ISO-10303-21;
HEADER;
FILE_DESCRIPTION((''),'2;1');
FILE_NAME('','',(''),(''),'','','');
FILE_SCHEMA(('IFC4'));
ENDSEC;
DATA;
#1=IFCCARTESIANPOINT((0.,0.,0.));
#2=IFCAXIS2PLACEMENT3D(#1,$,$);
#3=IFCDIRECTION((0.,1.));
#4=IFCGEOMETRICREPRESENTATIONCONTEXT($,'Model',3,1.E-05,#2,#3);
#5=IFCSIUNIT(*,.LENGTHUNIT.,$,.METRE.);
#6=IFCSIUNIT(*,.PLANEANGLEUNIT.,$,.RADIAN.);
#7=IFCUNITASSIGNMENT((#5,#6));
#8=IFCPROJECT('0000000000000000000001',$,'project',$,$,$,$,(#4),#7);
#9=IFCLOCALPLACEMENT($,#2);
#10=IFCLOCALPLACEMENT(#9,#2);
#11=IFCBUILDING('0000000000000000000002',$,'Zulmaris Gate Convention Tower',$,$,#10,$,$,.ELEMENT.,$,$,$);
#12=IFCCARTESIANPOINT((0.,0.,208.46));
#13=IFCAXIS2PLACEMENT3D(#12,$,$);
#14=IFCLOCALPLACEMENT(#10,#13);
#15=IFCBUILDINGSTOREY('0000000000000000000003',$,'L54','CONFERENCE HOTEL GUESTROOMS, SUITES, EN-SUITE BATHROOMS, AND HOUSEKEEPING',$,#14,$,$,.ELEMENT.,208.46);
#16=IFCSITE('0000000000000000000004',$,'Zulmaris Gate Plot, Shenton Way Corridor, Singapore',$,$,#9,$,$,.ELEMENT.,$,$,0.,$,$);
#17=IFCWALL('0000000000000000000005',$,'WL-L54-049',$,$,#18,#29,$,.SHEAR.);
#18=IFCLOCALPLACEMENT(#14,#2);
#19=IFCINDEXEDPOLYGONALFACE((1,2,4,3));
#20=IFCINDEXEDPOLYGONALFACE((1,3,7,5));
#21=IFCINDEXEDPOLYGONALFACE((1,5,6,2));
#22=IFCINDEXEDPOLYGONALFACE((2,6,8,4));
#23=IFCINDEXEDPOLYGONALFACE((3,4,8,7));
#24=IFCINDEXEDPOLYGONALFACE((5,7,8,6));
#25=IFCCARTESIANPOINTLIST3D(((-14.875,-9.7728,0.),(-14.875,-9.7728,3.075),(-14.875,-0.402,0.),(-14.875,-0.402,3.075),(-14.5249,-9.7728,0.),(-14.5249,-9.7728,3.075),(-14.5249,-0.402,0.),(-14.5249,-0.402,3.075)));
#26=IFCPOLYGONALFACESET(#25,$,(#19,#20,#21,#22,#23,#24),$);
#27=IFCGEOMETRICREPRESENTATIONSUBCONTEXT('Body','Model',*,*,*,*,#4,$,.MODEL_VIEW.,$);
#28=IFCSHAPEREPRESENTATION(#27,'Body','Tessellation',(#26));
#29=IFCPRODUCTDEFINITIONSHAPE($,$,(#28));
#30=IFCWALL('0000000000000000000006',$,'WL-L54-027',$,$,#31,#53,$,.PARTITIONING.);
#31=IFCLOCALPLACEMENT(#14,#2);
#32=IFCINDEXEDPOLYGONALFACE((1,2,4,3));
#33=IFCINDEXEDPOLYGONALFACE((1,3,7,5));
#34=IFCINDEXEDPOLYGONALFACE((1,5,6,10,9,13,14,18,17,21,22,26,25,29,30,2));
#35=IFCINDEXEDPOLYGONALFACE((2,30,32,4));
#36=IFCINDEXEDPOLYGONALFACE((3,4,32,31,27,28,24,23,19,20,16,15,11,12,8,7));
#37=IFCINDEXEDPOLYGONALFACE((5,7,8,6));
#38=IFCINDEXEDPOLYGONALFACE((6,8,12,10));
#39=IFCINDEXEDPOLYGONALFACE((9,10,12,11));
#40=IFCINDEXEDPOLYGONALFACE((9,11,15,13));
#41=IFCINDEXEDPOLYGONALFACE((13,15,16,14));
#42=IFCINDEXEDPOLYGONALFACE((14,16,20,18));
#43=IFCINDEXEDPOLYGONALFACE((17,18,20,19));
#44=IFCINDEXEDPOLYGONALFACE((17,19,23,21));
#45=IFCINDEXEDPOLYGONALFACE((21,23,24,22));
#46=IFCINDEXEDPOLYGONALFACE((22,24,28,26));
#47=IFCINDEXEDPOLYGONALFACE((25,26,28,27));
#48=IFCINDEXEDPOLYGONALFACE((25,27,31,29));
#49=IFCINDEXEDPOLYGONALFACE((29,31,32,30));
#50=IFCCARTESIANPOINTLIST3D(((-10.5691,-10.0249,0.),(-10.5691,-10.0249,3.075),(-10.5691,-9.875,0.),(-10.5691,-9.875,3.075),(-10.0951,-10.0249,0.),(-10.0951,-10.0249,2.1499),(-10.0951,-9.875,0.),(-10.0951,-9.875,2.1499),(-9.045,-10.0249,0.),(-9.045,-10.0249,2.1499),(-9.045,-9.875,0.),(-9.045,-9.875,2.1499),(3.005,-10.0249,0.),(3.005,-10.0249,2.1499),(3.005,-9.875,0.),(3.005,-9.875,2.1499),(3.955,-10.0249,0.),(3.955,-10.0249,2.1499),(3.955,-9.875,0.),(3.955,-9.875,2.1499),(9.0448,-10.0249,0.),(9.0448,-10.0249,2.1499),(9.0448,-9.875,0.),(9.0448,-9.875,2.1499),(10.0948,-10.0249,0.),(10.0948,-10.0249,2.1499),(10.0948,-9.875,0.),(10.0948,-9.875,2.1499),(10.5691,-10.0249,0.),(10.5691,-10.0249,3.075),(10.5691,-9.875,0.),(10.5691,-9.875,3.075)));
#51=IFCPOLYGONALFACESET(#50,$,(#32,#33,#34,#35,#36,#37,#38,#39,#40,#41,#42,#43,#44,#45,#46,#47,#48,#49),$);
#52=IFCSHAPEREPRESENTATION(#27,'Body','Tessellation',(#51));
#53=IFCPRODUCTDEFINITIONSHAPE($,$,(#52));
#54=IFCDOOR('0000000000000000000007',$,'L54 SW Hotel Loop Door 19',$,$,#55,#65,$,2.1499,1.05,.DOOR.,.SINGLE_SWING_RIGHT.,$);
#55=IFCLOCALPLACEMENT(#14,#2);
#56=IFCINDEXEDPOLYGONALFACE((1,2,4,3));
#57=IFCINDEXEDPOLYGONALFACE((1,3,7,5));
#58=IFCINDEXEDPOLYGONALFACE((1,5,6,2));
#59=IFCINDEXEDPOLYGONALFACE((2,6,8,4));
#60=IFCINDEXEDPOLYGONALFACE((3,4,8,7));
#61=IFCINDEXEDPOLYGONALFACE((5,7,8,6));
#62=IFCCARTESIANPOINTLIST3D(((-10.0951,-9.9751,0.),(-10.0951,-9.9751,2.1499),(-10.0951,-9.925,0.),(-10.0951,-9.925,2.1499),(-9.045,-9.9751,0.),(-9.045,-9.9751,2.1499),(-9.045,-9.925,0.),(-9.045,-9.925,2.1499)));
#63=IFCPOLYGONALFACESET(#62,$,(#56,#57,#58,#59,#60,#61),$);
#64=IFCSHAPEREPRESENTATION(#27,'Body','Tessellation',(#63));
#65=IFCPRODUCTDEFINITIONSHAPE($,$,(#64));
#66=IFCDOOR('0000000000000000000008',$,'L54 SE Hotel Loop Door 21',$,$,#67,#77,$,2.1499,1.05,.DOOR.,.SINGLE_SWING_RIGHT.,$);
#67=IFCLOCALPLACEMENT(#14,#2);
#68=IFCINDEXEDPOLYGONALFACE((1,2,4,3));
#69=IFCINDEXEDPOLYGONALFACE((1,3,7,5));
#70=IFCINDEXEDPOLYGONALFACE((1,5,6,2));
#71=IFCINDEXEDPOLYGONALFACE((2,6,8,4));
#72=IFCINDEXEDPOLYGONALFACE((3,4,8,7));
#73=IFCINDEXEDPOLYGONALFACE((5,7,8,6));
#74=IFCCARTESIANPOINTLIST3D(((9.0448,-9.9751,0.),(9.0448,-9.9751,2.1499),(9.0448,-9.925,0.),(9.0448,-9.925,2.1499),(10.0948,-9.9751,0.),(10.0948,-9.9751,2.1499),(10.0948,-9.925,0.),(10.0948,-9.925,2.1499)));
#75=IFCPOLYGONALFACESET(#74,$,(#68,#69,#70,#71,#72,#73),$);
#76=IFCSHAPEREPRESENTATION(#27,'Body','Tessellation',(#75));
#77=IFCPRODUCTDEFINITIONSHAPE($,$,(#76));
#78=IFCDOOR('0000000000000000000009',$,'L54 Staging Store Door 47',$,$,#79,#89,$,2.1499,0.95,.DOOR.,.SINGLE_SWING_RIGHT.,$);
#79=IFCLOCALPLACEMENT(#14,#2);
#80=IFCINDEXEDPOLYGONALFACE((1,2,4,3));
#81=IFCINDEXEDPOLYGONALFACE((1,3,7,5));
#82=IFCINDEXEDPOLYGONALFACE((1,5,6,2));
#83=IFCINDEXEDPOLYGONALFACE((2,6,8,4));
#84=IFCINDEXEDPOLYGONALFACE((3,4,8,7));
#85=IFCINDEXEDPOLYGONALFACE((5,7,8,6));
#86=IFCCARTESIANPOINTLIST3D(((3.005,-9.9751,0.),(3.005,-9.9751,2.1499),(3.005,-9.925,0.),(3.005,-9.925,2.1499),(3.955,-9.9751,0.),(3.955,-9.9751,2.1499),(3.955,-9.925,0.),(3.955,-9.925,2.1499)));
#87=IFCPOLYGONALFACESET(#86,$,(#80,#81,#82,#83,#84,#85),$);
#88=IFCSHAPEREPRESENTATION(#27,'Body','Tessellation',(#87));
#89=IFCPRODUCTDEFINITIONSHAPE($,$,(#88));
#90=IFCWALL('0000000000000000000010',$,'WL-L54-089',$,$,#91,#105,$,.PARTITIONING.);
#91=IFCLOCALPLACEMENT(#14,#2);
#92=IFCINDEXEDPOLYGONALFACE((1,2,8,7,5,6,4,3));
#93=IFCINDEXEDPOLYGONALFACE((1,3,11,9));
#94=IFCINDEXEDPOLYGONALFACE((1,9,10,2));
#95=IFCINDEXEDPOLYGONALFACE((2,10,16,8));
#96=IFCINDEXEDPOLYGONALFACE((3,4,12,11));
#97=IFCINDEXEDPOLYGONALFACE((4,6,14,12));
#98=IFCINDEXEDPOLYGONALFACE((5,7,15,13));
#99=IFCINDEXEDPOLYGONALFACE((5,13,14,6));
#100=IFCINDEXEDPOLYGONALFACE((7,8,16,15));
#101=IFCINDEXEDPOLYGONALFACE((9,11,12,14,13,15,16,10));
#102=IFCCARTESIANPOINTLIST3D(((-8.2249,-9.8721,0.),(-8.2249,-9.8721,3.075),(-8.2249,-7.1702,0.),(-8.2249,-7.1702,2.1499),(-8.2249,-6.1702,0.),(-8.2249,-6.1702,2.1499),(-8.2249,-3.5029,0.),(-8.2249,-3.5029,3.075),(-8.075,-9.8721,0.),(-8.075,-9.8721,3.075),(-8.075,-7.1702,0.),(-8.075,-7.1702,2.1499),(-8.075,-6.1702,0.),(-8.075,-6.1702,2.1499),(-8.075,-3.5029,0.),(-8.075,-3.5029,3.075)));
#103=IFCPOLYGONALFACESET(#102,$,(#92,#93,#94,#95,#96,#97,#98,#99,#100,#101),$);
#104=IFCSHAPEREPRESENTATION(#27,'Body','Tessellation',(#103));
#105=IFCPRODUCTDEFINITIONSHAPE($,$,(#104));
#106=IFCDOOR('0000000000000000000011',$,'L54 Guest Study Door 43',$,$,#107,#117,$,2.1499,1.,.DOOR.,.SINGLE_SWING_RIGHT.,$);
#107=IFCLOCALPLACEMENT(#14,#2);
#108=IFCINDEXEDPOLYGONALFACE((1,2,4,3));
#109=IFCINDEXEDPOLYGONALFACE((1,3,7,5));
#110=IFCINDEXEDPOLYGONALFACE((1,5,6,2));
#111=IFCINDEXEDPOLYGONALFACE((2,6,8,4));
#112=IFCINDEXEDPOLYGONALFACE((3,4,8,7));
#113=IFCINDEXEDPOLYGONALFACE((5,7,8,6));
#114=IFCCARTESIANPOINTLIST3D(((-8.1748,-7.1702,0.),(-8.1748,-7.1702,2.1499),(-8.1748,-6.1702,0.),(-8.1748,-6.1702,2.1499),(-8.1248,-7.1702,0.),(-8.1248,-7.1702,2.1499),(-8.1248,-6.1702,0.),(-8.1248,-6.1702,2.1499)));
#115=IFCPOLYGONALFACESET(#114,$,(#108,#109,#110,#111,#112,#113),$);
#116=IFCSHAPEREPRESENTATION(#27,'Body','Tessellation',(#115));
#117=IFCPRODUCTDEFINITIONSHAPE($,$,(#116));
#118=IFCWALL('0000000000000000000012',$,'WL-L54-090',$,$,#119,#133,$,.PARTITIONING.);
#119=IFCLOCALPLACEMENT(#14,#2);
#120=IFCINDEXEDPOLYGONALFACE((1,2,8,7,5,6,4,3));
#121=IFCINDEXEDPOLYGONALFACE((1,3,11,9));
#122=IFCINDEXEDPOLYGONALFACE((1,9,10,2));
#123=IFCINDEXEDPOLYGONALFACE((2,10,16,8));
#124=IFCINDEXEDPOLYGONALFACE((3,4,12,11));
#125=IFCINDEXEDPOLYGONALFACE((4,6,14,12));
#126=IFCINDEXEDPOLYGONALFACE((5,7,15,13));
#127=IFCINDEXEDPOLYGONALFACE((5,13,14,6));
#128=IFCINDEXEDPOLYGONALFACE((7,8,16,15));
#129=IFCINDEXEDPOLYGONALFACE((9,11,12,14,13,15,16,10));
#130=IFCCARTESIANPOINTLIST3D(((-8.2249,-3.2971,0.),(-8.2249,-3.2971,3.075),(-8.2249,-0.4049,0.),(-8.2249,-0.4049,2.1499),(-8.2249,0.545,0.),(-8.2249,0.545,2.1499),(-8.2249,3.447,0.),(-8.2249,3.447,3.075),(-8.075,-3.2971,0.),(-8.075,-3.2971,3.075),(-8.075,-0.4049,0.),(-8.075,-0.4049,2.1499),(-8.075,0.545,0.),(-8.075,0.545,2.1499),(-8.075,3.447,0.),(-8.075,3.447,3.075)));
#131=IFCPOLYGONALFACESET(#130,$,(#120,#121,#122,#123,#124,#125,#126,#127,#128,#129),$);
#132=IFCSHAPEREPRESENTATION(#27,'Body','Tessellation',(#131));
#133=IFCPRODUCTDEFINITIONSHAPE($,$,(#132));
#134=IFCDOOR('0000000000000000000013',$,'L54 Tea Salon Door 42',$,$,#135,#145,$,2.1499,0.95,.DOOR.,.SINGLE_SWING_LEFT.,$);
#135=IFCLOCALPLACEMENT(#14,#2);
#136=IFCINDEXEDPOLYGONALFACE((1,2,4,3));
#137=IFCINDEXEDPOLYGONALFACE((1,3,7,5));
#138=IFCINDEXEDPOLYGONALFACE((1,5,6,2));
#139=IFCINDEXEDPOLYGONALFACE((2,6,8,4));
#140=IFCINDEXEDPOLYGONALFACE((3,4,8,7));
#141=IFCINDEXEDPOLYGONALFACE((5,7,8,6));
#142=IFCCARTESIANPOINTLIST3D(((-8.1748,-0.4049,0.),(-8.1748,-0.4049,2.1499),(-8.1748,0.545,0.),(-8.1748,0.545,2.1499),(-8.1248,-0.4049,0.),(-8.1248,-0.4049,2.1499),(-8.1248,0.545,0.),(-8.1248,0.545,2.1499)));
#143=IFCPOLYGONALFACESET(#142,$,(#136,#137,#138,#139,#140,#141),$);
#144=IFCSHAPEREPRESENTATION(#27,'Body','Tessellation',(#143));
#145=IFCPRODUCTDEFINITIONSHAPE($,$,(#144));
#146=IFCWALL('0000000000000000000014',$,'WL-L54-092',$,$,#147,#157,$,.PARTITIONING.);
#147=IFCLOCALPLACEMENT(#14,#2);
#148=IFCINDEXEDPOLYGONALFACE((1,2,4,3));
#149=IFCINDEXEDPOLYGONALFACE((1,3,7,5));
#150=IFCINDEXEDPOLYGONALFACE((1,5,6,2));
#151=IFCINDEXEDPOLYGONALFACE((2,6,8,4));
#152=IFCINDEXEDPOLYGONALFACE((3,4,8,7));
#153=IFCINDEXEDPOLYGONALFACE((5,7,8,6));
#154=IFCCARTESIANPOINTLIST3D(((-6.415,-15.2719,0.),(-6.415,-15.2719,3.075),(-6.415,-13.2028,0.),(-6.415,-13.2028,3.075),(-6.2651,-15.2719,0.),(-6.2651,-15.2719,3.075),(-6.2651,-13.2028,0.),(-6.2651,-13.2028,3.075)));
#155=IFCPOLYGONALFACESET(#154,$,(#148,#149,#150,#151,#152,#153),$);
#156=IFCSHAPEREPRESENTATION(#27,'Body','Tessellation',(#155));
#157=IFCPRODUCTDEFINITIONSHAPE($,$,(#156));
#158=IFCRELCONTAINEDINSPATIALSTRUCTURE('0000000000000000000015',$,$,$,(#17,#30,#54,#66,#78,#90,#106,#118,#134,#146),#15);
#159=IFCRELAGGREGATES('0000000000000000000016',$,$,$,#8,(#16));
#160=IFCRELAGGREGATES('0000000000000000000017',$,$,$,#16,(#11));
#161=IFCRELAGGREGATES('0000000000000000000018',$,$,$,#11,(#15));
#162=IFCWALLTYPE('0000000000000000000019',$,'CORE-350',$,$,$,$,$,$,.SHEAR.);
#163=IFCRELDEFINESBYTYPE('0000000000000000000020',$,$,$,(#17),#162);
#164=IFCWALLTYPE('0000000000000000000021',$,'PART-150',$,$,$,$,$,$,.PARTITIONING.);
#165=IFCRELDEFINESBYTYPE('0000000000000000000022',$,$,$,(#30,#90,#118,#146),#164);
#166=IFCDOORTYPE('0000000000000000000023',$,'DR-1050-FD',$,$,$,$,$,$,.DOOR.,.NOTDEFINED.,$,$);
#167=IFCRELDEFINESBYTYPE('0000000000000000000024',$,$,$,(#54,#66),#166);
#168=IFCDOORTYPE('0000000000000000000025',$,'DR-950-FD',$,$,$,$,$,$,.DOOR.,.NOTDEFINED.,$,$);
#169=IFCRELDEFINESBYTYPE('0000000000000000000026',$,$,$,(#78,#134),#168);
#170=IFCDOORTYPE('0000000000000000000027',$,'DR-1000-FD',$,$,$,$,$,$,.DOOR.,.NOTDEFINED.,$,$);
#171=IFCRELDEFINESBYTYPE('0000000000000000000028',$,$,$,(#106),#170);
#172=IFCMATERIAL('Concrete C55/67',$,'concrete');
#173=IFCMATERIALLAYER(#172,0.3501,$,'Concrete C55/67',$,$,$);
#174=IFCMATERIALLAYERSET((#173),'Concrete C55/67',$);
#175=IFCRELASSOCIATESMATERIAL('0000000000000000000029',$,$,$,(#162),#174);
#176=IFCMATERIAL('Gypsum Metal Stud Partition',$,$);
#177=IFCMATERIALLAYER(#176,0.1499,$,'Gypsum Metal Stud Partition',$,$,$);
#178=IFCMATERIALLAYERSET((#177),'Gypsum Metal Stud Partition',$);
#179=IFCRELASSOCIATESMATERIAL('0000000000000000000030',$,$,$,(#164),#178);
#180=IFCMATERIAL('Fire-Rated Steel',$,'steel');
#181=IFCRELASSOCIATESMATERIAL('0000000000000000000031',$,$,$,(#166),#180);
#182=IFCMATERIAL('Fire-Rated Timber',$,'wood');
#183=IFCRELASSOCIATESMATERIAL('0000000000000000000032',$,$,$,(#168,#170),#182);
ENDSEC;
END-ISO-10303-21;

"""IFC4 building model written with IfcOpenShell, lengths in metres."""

from ifc_helpers import new_model, si_unit, direction, frame, frame_2d, origin, place, context, subcontext, project, spatial, rectangle, extrude, material, layer, layer_set, type_object, element, fill, save


model = new_model("IFC4")

# Units and contexts
model_context = context("Model", 3, precision=1e-05, world=origin(), true_north=direction((0.0, 1.0)))
body_context = subcontext(model_context, "Body", "Model", "MODEL_VIEW")
ifc_project = project(units=[si_unit("LENGTHUNIT", "METRE"), si_unit("PLANEANGLEUNIT", "RADIAN")], contexts=[model_context])

# Site, building, storey
site_placement = place(None, origin())
site = spatial("IfcSite", under=ifc_project, at=site_placement, Name="Zulmaris Gate Plot, Shenton Way Corridor, Singapore", CompositionType="ELEMENT", RefElevation=0.0)
building_placement = place(site_placement, origin())
building = spatial("IfcBuilding", under=site, at=building_placement, Name="Zulmaris Gate Convention Tower", CompositionType="ELEMENT")
storey_placement = place(building_placement, frame((0.0, 0.0, 208.46)))
storey = spatial("IfcBuildingStorey", under=building, at=storey_placement, Name="L54", Description="CONFERENCE HOTEL GUESTROOMS, SUITES, EN-SUITE BATHROOMS, AND HOUSEKEEPING", CompositionType="ELEMENT", Elevation=208.46)

# Wall
ifc_material_1 = material(Name="Concrete C55/67", Category="concrete")
ifc_layer_1 = layer(ifc_material_1, 0.3501, Name="Concrete C55/67")
ifc_layer_set_1 = layer_set([ifc_layer_1], Name="Concrete C55/67")
wall_type_1 = type_object("IfcWallType", Name="CORE-350", PredefinedType="SHEAR", material=ifc_layer_set_1)
wall_1_placement = place(storey_placement, frame((-14.7, -9.7729, 0.0), z_axis=(0.0, 0.0, 1.0), x_axis=(0.0, 1.0, 0.0)))
element("IfcWall", 1, at=wall_1_placement, inside=storey, type_object=wall_type_1, Name="WL-L54-049", PredefinedType="SHEAR", context=body_context, shape_type="SweptSolid", body=[
    extrude(rectangle(XDim=9.3708, YDim=0.3501, at=frame_2d((4.6855, 0.0))), origin(), (0.0, 0.0, 1.0), 3.075),
])

# Wall, openings, doors
ifc_material_2 = material(Name="Gypsum Metal Stud Partition")
ifc_layer_2 = layer(ifc_material_2, 0.1499, Name="Gypsum Metal Stud Partition")
ifc_layer_set_2 = layer_set([ifc_layer_2], Name="Gypsum Metal Stud Partition")
wall_type_2 = type_object("IfcWallType", Name="PART-150", PredefinedType="PARTITIONING", material=ifc_layer_set_2)
wall_2_placement = place(storey_placement, frame((-10.5691, -9.95, 0.0), z_axis=(0.0, 0.0, 1.0), x_axis=(1.0, 0.0, 0.0)))
wall_2 = element("IfcWall", 2, at=wall_2_placement, inside=storey, type_object=wall_type_2, Name="WL-L54-027", PredefinedType="PARTITIONING", context=body_context, shape_type="SweptSolid", body=[
    extrude(rectangle(XDim=21.1382, YDim=0.1499, at=frame_2d((10.5691, 0.0))), origin(), (0.0, 0.0, 1.0), 3.075),
])
opening_1_placement = place(wall_2_placement, frame((0.4741, 0.0, 0.0)))
opening_1 = element("IfcOpeningElement", 3, at=opening_1_placement, cuts=wall_2, PredefinedType="OPENING", context=body_context, shape_type="SweptSolid", body=[
    extrude(rectangle(XDim=1.05, YDim=2.1499, at=frame_2d((0.5249, 1.075))), frame((0.0, 0.085, 0.0), z_axis=(0.0, -1.0, 0.0), x_axis=(1.0, 0.0, 0.0)), (0.0, 0.0, 1.0), 0.1699),
])
opening_2_placement = place(wall_2_placement, frame((19.614, 0.0, 0.0)))
opening_2 = element("IfcOpeningElement", 4, at=opening_2_placement, cuts=wall_2, PredefinedType="OPENING", context=body_context, shape_type="SweptSolid", body=[
    extrude(rectangle(XDim=1.05, YDim=2.1499, at=frame_2d((0.5249, 1.075))), frame((0.0, 0.085, 0.0), z_axis=(0.0, -1.0, 0.0), x_axis=(1.0, 0.0, 0.0)), (0.0, 0.0, 1.0), 0.1699),
])
opening_3_placement = place(wall_2_placement, frame((13.574, 0.0, 0.0)))
opening_3 = element("IfcOpeningElement", 5, at=opening_3_placement, cuts=wall_2, PredefinedType="OPENING", context=body_context, shape_type="SweptSolid", body=[
    extrude(rectangle(XDim=0.95, YDim=2.1499, at=frame_2d((0.4751, 1.075))), frame((0.0, 0.085, 0.0), z_axis=(0.0, -1.0, 0.0), x_axis=(1.0, 0.0, 0.0)), (0.0, 0.0, 1.0), 0.1699),
])
ifc_material_3 = material(Name="Fire-Rated Steel", Category="steel")
door_type_1 = type_object("IfcDoorType", Name="DR-1050-FD", OperationType="NOTDEFINED", PredefinedType="DOOR", material=ifc_material_3)
door_1_placement = place(opening_1_placement, origin())
door_1 = element("IfcDoor", 6, at=door_1_placement, inside=storey, type_object=door_type_1, Name="L54 SW Hotel Loop Door 19", OperationType="SINGLE_SWING_RIGHT", OverallHeight=2.1499, OverallWidth=1.05, PredefinedType="DOOR", context=body_context, shape_type="SweptSolid", body=[
    extrude(rectangle(XDim=1.05, YDim=2.1499, at=frame_2d((0.5249, 1.075))), frame((0.0, 0.0249, 0.0), z_axis=(0.0, -1.0, 0.0), x_axis=(1.0, 0.0, 0.0)), (0.0, 0.0, 1.0), 0.05),
])
fill(opening_1, door_1)
door_2_placement = place(opening_2_placement, origin())
door_2 = element("IfcDoor", 7, at=door_2_placement, inside=storey, type_object=door_type_1, Name="L54 SE Hotel Loop Door 21", OperationType="SINGLE_SWING_RIGHT", OverallHeight=2.1499, OverallWidth=1.05, PredefinedType="DOOR", context=body_context, shape_type="SweptSolid", body=[
    extrude(rectangle(XDim=1.05, YDim=2.1499, at=frame_2d((0.5249, 1.075))), frame((0.0, 0.0249, 0.0), z_axis=(0.0, -1.0, 0.0), x_axis=(1.0, 0.0, 0.0)), (0.0, 0.0, 1.0), 0.05),
])
fill(opening_2, door_2)
ifc_material_4 = material(Name="Fire-Rated Timber", Category="wood")
door_type_2 = type_object("IfcDoorType", Name="DR-950-FD", OperationType="NOTDEFINED", PredefinedType="DOOR", material=ifc_material_4)
door_3_placement = place(opening_3_placement, origin())
door_3 = element("IfcDoor", 8, at=door_3_placement, inside=storey, type_object=door_type_2, Name="L54 Staging Store Door 47", OperationType="SINGLE_SWING_RIGHT", OverallHeight=2.1499, OverallWidth=0.95, PredefinedType="DOOR", context=body_context, shape_type="SweptSolid", body=[
    extrude(rectangle(XDim=0.95, YDim=2.1499, at=frame_2d((0.4751, 1.075))), frame((0.0, 0.0249, 0.0), z_axis=(0.0, -1.0, 0.0), x_axis=(1.0, 0.0, 0.0)), (0.0, 0.0, 1.0), 0.05),
])
fill(opening_3, door_3)

# Walls, openings, doors
wall_3_placement = place(storey_placement, frame((-8.1499, -9.8721, 0.0), z_axis=(0.0, 0.0, 1.0), x_axis=(0.0, 1.0, 0.0)))
wall_3 = element("IfcWall", 9, at=wall_3_placement, inside=storey, type_object=wall_type_2, Name="WL-L54-089", PredefinedType="PARTITIONING", context=body_context, shape_type="SweptSolid", body=[
    extrude(rectangle(XDim=6.3691, YDim=0.1499, at=frame_2d((3.1846, 0.0))), origin(), (0.0, 0.0, 1.0), 3.075),
])
opening_4_placement = place(wall_3_placement, frame((2.7019, 0.0, 0.0)))
opening_4 = element("IfcOpeningElement", 10, at=opening_4_placement, cuts=wall_3, PredefinedType="OPENING", context=body_context, shape_type="SweptSolid", body=[
    extrude(rectangle(XDim=1.0, YDim=2.1499, at=frame_2d((0.5, 1.075))), frame((0.0, 0.085, 0.0), z_axis=(0.0, -1.0, 0.0), x_axis=(1.0, 0.0, 0.0)), (0.0, 0.0, 1.0), 0.1699),
])
door_type_3 = type_object("IfcDoorType", Name="DR-1000-FD", OperationType="NOTDEFINED", PredefinedType="DOOR", material=ifc_material_4)
door_4_placement = place(opening_4_placement, origin())
door_4 = element("IfcDoor", 11, at=door_4_placement, inside=storey, type_object=door_type_3, Name="L54 Guest Study Door 43", OperationType="SINGLE_SWING_RIGHT", OverallHeight=2.1499, OverallWidth=1.0, PredefinedType="DOOR", context=body_context, shape_type="SweptSolid", body=[
    extrude(rectangle(XDim=1.0, YDim=2.1499, at=frame_2d((0.5, 1.075))), frame((0.0, 0.0249, 0.0), z_axis=(0.0, -1.0, 0.0), x_axis=(1.0, 0.0, 0.0)), (0.0, 0.0, 1.0), 0.05),
])
fill(opening_4, door_4)
wall_4_placement = place(storey_placement, frame((-8.1499, -3.2971, 0.0), z_axis=(0.0, 0.0, 1.0), x_axis=(0.0, 1.0, 0.0)))
wall_4 = element("IfcWall", 12, at=wall_4_placement, inside=storey, type_object=wall_type_2, Name="WL-L54-090", PredefinedType="PARTITIONING", context=body_context, shape_type="SweptSolid", body=[
    extrude(rectangle(XDim=6.7441, YDim=0.1499, at=frame_2d((3.3721, 0.0))), origin(), (0.0, 0.0, 1.0), 3.075),
])
opening_5_placement = place(wall_4_placement, frame((2.8921, 0.0, 0.0)))
opening_5 = element("IfcOpeningElement", 13, at=opening_5_placement, cuts=wall_4, PredefinedType="OPENING", context=body_context, shape_type="SweptSolid", body=[
    extrude(rectangle(XDim=0.95, YDim=2.1499, at=frame_2d((0.4751, 1.075))), frame((0.0, 0.085, 0.0), z_axis=(0.0, -1.0, 0.0), x_axis=(1.0, 0.0, 0.0)), (0.0, 0.0, 1.0), 0.1699),
])
door_5_placement = place(opening_5_placement, origin())
door_5 = element("IfcDoor", 14, at=door_5_placement, inside=storey, type_object=door_type_2, Name="L54 Tea Salon Door 42", OperationType="SINGLE_SWING_LEFT", OverallHeight=2.1499, OverallWidth=0.95, PredefinedType="DOOR", context=body_context, shape_type="SweptSolid", body=[
    extrude(rectangle(XDim=0.95, YDim=2.1499, at=frame_2d((0.4751, 1.075))), frame((0.0, 0.0249, 0.0), z_axis=(0.0, -1.0, 0.0), x_axis=(1.0, 0.0, 0.0)), (0.0, 0.0, 1.0), 0.05),
])
fill(opening_5, door_5)

# Wall
wall_5_placement = place(storey_placement, frame((-6.3401, -15.272, 0.0), z_axis=(0.0, 0.0, 1.0), x_axis=(0.0, 1.0, 0.0)))
element("IfcWall", 15, at=wall_5_placement, inside=storey, type_object=wall_type_2, Name="WL-L54-092", PredefinedType="PARTITIONING", context=body_context, shape_type="SweptSolid", body=[
    extrude(rectangle(XDim=2.0691, YDim=0.1499, at=frame_2d((1.0347, 0.0))), origin(), (0.0, 0.0, 1.0), 3.075),
])

save(model, "model.ifc")
